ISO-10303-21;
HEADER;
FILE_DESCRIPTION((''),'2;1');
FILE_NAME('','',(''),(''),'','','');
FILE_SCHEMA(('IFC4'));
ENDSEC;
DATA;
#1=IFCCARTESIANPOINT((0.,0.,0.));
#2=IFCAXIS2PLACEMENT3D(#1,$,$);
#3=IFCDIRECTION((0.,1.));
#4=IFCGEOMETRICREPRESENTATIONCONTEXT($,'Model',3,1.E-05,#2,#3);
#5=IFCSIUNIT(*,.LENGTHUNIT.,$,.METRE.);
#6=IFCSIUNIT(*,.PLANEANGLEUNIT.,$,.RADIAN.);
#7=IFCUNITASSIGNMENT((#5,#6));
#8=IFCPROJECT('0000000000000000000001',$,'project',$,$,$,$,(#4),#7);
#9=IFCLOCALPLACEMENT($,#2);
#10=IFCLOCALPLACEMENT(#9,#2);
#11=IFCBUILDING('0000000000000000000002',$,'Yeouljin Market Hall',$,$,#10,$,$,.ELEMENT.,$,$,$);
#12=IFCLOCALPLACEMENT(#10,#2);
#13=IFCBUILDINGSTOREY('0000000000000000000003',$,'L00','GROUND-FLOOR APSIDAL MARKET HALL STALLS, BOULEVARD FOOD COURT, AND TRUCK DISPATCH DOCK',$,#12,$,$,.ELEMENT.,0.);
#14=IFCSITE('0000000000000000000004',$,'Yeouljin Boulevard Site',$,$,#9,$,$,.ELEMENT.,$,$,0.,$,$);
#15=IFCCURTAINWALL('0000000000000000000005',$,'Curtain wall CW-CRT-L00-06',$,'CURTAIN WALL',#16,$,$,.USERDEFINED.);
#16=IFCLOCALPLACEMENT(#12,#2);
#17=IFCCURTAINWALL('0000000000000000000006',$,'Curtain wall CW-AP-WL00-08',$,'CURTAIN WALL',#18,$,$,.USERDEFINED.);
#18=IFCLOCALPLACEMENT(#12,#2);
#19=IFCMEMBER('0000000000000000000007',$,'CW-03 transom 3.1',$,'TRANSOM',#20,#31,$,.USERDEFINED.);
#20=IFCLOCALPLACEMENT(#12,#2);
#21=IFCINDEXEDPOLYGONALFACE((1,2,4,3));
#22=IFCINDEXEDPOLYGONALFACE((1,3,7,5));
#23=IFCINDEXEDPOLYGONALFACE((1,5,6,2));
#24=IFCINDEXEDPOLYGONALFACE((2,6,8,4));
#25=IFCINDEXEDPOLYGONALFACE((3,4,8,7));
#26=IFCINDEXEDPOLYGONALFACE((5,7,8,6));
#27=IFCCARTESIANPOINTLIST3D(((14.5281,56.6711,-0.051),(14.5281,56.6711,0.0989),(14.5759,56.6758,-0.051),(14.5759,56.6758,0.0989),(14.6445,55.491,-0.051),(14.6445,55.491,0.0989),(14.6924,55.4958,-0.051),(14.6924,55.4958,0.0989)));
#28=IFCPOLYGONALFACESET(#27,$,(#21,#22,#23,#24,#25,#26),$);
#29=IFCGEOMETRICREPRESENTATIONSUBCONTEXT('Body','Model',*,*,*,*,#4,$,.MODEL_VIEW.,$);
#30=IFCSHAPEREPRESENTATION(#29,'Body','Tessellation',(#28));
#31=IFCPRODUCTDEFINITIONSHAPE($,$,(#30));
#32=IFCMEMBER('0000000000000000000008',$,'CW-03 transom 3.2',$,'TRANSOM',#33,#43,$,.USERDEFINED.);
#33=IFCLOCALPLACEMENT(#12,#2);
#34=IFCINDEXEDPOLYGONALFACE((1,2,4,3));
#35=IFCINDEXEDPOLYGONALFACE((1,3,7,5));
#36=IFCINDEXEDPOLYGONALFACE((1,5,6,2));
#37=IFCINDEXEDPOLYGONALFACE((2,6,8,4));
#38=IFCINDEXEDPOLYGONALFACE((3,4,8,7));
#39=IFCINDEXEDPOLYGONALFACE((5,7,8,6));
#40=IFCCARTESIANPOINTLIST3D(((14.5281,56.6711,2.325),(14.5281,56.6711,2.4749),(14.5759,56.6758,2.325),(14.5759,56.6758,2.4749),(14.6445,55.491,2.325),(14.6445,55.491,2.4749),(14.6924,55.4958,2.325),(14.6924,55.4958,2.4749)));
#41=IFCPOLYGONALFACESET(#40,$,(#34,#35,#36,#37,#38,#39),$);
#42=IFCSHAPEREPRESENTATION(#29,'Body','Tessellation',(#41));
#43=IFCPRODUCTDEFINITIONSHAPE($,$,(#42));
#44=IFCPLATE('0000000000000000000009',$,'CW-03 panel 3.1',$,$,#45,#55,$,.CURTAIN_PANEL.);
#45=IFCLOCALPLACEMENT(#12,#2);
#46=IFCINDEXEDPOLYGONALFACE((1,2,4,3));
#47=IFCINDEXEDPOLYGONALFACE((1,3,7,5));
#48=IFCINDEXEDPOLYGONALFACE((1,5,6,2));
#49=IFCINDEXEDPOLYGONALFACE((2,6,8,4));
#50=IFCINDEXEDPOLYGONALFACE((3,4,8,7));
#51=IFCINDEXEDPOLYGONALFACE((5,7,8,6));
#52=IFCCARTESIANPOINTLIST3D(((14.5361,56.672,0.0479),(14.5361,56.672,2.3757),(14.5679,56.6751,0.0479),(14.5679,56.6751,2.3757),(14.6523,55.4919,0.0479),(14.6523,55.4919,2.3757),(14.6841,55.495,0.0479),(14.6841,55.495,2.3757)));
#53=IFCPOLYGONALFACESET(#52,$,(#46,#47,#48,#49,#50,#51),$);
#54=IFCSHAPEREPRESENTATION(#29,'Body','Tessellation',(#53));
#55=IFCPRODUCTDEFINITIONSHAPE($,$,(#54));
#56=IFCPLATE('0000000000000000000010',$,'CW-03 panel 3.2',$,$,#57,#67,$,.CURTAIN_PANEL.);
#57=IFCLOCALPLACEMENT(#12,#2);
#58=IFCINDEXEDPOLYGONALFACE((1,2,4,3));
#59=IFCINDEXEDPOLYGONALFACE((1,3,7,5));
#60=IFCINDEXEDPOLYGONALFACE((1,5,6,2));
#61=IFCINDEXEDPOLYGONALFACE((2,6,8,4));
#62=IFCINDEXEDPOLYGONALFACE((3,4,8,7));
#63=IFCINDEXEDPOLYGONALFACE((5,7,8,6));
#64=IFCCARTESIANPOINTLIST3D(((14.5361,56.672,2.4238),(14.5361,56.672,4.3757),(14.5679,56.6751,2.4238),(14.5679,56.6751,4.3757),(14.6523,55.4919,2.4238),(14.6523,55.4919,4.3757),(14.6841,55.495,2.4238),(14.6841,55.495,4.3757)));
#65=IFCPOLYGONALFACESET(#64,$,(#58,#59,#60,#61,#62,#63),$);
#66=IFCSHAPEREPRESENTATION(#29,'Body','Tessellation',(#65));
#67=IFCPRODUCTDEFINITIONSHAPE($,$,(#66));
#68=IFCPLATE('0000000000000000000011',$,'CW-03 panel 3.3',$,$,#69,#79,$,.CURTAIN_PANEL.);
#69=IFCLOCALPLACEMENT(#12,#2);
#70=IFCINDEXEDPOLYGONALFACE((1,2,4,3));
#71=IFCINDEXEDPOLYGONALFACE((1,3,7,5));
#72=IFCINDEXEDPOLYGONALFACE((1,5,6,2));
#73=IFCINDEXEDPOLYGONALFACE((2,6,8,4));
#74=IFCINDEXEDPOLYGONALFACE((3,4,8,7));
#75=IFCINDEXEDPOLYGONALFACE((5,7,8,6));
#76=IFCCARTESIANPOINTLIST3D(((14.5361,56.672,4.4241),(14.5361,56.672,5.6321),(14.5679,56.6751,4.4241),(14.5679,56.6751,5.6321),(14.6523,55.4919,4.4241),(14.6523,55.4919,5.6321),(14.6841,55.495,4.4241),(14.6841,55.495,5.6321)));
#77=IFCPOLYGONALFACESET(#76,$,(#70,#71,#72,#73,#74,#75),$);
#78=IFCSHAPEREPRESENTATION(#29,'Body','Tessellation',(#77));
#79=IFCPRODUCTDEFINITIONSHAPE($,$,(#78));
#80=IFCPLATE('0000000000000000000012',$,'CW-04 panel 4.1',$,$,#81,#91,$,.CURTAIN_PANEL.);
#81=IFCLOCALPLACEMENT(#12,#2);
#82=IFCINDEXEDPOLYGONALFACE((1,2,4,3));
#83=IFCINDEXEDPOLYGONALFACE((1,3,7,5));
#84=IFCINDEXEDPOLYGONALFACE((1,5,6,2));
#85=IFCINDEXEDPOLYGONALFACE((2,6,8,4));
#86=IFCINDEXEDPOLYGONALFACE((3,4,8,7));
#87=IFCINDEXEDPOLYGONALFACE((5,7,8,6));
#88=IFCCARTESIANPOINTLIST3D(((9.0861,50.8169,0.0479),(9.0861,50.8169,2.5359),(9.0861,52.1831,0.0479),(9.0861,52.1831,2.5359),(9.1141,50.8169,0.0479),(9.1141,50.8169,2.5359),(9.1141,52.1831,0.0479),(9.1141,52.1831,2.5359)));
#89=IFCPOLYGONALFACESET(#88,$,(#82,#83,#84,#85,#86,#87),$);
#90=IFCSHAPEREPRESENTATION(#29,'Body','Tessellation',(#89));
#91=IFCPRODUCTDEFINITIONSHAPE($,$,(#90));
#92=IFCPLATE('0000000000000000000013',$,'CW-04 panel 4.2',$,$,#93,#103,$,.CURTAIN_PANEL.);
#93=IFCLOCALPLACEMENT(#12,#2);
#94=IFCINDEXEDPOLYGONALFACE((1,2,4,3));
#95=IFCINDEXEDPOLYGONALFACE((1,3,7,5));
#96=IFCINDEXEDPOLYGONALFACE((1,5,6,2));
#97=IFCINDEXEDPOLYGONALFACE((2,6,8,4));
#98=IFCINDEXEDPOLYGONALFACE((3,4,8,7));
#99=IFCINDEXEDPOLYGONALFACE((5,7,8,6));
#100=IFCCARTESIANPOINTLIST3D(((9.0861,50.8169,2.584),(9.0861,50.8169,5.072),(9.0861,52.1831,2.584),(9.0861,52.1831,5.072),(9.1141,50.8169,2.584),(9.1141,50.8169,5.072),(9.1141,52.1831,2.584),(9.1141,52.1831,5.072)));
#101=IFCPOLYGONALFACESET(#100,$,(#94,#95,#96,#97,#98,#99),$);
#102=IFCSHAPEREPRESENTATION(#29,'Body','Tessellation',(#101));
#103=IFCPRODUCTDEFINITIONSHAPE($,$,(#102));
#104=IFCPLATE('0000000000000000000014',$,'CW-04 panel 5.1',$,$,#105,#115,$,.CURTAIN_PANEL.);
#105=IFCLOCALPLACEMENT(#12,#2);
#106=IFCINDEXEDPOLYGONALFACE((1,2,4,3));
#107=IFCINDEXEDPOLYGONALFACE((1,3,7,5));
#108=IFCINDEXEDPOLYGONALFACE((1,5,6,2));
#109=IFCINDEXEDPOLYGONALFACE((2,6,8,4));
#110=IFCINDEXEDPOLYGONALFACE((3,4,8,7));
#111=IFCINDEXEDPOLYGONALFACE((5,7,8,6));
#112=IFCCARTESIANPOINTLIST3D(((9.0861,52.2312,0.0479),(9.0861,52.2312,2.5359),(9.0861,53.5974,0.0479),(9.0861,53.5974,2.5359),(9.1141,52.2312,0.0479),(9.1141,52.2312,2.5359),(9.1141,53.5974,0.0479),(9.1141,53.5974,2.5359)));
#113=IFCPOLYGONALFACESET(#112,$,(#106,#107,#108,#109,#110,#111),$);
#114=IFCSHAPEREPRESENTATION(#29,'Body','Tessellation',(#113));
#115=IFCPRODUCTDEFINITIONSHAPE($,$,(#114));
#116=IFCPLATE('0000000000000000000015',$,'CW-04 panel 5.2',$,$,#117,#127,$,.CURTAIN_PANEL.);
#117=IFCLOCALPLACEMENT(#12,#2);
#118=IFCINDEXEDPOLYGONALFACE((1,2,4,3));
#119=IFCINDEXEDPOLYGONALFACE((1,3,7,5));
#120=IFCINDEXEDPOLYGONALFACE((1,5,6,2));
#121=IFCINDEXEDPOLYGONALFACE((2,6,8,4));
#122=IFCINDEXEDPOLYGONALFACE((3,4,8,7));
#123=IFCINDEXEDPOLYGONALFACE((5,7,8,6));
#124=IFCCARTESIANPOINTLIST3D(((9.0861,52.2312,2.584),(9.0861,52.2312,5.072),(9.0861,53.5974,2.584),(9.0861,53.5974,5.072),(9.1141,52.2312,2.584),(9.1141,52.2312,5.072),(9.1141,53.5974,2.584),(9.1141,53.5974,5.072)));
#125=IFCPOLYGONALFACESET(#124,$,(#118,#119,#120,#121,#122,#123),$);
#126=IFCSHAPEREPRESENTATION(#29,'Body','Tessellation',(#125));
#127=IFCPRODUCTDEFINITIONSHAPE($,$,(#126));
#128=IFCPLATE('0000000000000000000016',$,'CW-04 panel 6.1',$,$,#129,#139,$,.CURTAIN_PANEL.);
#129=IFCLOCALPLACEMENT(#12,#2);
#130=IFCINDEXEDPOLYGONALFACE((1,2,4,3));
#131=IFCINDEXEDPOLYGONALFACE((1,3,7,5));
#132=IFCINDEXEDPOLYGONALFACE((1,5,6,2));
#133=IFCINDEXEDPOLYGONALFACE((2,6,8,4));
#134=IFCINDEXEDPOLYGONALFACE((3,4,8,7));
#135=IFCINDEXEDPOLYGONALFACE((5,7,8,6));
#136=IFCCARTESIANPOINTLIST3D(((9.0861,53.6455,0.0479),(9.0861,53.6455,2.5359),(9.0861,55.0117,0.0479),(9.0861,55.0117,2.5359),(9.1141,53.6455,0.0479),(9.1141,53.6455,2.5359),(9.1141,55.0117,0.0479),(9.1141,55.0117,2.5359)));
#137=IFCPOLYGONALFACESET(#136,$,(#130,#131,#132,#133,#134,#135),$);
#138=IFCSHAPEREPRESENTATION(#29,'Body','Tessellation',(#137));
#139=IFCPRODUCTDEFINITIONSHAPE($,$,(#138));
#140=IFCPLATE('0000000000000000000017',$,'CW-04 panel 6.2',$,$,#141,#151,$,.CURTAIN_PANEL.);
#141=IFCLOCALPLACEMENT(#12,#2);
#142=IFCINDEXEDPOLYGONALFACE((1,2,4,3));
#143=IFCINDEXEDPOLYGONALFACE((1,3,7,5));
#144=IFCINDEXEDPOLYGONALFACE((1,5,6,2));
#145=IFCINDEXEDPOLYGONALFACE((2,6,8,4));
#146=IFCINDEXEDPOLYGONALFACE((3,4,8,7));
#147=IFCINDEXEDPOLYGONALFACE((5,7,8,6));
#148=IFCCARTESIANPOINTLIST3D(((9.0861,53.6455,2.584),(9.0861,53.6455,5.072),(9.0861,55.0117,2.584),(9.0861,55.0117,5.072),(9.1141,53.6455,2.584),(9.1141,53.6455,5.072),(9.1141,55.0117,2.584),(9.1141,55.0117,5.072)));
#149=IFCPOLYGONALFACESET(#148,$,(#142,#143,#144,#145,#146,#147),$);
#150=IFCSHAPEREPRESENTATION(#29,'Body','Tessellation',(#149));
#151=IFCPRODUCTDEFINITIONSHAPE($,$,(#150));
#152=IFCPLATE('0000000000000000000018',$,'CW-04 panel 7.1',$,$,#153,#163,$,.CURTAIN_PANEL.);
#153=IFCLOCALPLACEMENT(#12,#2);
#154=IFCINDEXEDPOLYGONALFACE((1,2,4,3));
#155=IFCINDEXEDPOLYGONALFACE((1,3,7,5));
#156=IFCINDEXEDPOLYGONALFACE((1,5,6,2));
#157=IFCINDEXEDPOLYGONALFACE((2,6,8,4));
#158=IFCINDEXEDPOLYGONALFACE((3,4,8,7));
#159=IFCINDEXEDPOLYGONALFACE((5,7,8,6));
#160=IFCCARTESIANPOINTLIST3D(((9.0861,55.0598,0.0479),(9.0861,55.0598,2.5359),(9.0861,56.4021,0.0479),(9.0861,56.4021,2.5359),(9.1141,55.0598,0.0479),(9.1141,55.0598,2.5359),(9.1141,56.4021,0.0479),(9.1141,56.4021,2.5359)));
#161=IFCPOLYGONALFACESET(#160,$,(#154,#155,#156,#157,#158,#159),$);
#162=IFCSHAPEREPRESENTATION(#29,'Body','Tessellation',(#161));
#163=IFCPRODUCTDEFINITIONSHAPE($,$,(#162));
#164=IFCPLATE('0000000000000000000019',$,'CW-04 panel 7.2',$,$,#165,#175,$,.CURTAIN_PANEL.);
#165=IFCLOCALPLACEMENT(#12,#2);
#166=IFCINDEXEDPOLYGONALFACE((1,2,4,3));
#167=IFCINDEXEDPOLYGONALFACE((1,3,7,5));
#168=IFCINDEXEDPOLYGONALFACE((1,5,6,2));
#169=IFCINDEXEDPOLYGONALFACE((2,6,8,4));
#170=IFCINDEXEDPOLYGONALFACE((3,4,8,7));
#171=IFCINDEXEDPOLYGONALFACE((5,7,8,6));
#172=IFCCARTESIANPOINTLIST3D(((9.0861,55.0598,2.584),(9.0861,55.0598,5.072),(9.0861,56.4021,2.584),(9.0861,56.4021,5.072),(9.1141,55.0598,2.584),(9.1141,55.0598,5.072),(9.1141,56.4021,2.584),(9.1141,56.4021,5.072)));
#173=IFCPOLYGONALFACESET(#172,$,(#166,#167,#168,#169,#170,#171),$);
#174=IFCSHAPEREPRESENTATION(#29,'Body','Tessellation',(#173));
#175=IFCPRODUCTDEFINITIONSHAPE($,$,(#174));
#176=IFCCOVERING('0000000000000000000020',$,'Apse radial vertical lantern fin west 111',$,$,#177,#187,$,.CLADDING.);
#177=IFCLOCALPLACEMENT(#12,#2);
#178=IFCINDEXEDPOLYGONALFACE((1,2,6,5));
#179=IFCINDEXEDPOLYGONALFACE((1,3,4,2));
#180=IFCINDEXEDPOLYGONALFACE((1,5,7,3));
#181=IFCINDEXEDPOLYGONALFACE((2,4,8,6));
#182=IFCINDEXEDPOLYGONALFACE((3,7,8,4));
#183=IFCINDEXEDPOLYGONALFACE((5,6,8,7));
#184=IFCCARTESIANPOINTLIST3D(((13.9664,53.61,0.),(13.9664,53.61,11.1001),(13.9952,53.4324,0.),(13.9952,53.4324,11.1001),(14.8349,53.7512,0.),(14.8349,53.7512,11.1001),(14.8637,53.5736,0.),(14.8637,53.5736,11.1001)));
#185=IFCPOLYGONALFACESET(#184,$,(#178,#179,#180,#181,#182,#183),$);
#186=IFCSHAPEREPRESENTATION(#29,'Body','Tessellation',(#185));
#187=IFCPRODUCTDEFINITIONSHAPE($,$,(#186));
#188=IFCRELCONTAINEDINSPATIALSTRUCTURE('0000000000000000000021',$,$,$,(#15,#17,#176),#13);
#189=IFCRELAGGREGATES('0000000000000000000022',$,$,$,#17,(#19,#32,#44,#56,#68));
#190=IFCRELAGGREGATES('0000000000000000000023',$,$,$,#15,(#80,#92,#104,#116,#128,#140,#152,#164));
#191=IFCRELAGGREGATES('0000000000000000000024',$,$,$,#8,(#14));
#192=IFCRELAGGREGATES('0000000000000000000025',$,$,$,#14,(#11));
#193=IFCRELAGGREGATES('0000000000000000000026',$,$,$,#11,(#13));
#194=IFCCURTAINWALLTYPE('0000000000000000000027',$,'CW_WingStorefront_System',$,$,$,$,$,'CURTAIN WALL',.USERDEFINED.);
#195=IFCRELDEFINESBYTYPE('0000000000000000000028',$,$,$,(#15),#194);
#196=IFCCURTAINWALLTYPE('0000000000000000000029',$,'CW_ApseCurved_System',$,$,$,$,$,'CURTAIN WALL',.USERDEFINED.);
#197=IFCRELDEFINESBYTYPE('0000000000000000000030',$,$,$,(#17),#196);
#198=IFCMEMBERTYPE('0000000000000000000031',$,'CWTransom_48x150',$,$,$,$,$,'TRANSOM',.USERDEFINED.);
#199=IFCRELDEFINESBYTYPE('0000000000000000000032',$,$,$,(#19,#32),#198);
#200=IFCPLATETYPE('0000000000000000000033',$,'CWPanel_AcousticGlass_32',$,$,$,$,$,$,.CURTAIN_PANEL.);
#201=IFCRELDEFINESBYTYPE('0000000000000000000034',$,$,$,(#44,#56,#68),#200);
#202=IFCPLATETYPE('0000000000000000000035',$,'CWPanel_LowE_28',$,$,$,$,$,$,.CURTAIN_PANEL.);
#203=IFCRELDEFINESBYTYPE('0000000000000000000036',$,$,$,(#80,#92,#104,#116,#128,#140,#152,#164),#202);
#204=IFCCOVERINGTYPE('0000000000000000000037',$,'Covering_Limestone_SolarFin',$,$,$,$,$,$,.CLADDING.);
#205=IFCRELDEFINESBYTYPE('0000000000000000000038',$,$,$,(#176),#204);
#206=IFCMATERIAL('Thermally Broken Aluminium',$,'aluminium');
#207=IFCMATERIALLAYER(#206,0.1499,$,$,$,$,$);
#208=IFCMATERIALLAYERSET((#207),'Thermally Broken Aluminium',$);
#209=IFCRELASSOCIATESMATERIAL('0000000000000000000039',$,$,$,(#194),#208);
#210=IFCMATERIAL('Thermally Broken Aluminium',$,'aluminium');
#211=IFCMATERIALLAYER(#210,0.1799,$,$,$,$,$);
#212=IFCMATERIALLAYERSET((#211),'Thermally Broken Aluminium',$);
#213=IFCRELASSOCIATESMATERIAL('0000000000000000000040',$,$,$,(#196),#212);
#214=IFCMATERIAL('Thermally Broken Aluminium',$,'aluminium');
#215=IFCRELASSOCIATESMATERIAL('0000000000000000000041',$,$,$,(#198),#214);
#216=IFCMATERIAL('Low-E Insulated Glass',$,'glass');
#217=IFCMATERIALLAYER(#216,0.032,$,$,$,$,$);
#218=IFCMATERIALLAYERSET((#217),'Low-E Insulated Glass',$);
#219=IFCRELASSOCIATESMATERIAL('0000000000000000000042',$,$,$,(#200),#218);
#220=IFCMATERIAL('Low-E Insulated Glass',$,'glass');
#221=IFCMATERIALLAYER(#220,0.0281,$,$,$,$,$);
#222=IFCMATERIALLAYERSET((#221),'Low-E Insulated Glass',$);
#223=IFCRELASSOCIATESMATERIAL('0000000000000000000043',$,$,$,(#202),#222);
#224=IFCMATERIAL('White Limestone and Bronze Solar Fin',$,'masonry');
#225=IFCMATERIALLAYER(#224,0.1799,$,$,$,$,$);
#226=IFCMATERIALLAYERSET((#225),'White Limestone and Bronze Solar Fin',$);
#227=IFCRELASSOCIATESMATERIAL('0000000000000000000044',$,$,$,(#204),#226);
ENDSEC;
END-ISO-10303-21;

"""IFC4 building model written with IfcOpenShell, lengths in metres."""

from ifc_helpers import new_model, si_unit, direction, frame, origin, origin_2d, place, context, subcontext, project, spatial, rectangle, extrude, material, layer, layer_set, material_profile, profile_set, type_object, element, aggregate, save


model = new_model("IFC4")

# Units and contexts
model_context = context("Model", 3, precision=1e-05, world=origin(), true_north=direction((0.0, 1.0)))
body_context = subcontext(model_context, "Body", "Model", "MODEL_VIEW")
ifc_project = project(units=[si_unit("LENGTHUNIT", "METRE"), si_unit("PLANEANGLEUNIT", "RADIAN")], contexts=[model_context])

# Site, building, storey
site_placement = place(None, origin())
site = spatial("IfcSite", under=ifc_project, at=site_placement, Name="Yeouljin Boulevard Site", CompositionType="ELEMENT", RefElevation=0.0)
building_placement = place(site_placement, origin())
building = spatial("IfcBuilding", under=site, at=building_placement, Name="Yeouljin Market Hall", CompositionType="ELEMENT")
storey_placement = place(building_placement, origin())
storey = spatial("IfcBuildingStorey", under=building, at=storey_placement, Name="L00", Description="GROUND-FLOOR APSIDAL MARKET HALL STALLS, BOULEVARD FOOD COURT, AND TRUCK DISPATCH DOCK", CompositionType="ELEMENT", Elevation=0.0)

# Curtain wall
ifc_material_1 = material(Name="Thermally Broken Aluminium", Category="aluminium")
ifc_layer_1 = layer(ifc_material_1, 0.1499)
ifc_layer_set_1 = layer_set([ifc_layer_1], Name="Thermally Broken Aluminium")
curtain_wall_type_1 = type_object("IfcCurtainWallType", Name="CW_WingStorefront_System", ElementType="CURTAIN WALL", PredefinedType="USERDEFINED", material=ifc_layer_set_1)
curtain_wall_1_placement = place(storey_placement, origin())
curtain_wall_1 = element("IfcCurtainWall", 1, at=curtain_wall_1_placement, inside=storey, type_object=curtain_wall_type_1, Name="Curtain wall CW-CRT-L00-06", ObjectType="CURTAIN WALL", PredefinedType="USERDEFINED")

# Curtain wall, members, plates
ifc_material_2 = material(Name="Thermally Broken Aluminium", Category="aluminium")
ifc_layer_2 = layer(ifc_material_2, 0.1799)
ifc_layer_set_2 = layer_set([ifc_layer_2], Name="Thermally Broken Aluminium")
curtain_wall_type_2 = type_object("IfcCurtainWallType", Name="CW_ApseCurved_System", ElementType="CURTAIN WALL", PredefinedType="USERDEFINED", material=ifc_layer_set_2)
curtain_wall_2_placement = place(storey_placement, origin())
curtain_wall_2 = element("IfcCurtainWall", 2, at=curtain_wall_2_placement, inside=storey, type_object=curtain_wall_type_2, Name="Curtain wall CW-AP-WL00-08", ObjectType="CURTAIN WALL", PredefinedType="USERDEFINED")
ifc_material_3 = material(Name="Thermally Broken Aluminium", Category="aluminium")
ifc_material_profile_1 = material_profile(ifc_material_3, rectangle(XDim=0.0481, YDim=0.1499, at=origin_2d()), Name="CW-TRAN-48x150")
ifc_profile_set_1 = profile_set([ifc_material_profile_1], Name="Thermally Broken Aluminium")
member_type_1 = type_object("IfcMemberType", Name="CWTransom_48x150", ElementType="TRANSOM", PredefinedType="USERDEFINED", material=ifc_profile_set_1)
member_1_placement = place(storey_placement, frame((14.6685, 55.4934, 0.0239), z_axis=(-0.098199, 0.995167, 0.0), x_axis=(-0.995167, -0.098199, 0.0)))
member_1 = element("IfcMember", 3, at=member_1_placement, type_object=member_type_1, Name="CW-03 transom 3.1", ObjectType="TRANSOM", PredefinedType="USERDEFINED", context=body_context, shape_type="SweptSolid", body=[
    extrude(rectangle(XDim=0.0481, YDim=0.1499, at=origin_2d()), origin(), (0.0, 0.0, 1.0), 1.1858),
])
member_2_placement = place(storey_placement, frame((14.6685, 55.4934, 2.3999), z_axis=(-0.098199, 0.995167, 0.0), x_axis=(-0.995167, -0.098199, 0.0)))
member_2 = element("IfcMember", 4, at=member_2_placement, type_object=member_type_1, Name="CW-03 transom 3.2", ObjectType="TRANSOM", PredefinedType="USERDEFINED", context=body_context, shape_type="SweptSolid", body=[
    extrude(rectangle(XDim=0.0481, YDim=0.1499, at=origin_2d()), origin(), (0.0, 0.0, 1.0), 1.1858),
])
ifc_material_4 = material(Name="Low-E Insulated Glass", Category="glass")
ifc_layer_3 = layer(ifc_material_4, 0.032)
ifc_layer_set_3 = layer_set([ifc_layer_3], Name="Low-E Insulated Glass")
plate_type_1 = type_object("IfcPlateType", Name="CWPanel_AcousticGlass_32", PredefinedType="CURTAIN_PANEL", material=ifc_layer_set_3)
plate_1_placement = place(storey_placement, frame((14.6101, 56.0835, 0.0479), z_axis=(0.0, 0.0, 1.0), x_axis=(-0.098034, 0.995183, 0.0)))
plate_1 = element("IfcPlate", 5, at=plate_1_placement, type_object=plate_type_1, Name="CW-03 panel 3.1", PredefinedType="CURTAIN_PANEL", context=body_context, shape_type="SweptSolid", body=[
    extrude(rectangle(XDim=1.1858, YDim=0.032, at=origin_2d()), origin(), (0.0, 0.0, 1.0), 2.3279),
])
plate_2_placement = place(storey_placement, frame((14.6101, 56.0835, 2.4238), z_axis=(0.0, 0.0, 1.0), x_axis=(-0.098034, 0.995183, 0.0)))
plate_2 = element("IfcPlate", 6, at=plate_2_placement, type_object=plate_type_1, Name="CW-03 panel 3.2", PredefinedType="CURTAIN_PANEL", context=body_context, shape_type="SweptSolid", body=[
    extrude(rectangle(XDim=1.1858, YDim=0.032, at=origin_2d()), origin(), (0.0, 0.0, 1.0), 1.9519),
])
plate_3_placement = place(storey_placement, frame((14.6101, 56.0835, 4.4241), z_axis=(0.0, 0.0, 1.0), x_axis=(-0.098034, 0.995183, 0.0)))
plate_3 = element("IfcPlate", 7, at=plate_3_placement, type_object=plate_type_1, Name="CW-03 panel 3.3", PredefinedType="CURTAIN_PANEL", context=body_context, shape_type="SweptSolid", body=[
    extrude(rectangle(XDim=1.1858, YDim=0.032, at=origin_2d()), origin(), (0.0, 0.0, 1.0), 1.208),
])
aggregate(curtain_wall_2, [member_1, member_2, plate_1, plate_2, plate_3])

# Plates
ifc_material_5 = material(Name="Low-E Insulated Glass", Category="glass")
ifc_layer_4 = layer(ifc_material_5, 0.0281)
ifc_layer_set_4 = layer_set([ifc_layer_4], Name="Low-E Insulated Glass")
plate_type_2 = type_object("IfcPlateType", Name="CWPanel_LowE_28", PredefinedType="CURTAIN_PANEL", material=ifc_layer_set_4)
plate_4_placement = place(storey_placement, frame((9.1001, 51.5, 0.0479), z_axis=(0.0, 0.0, 1.0), x_axis=(0.0, 1.0, 0.0)))
plate_4 = element("IfcPlate", 8, at=plate_4_placement, type_object=plate_type_2, Name="CW-04 panel 4.1", PredefinedType="CURTAIN_PANEL", context=body_context, shape_type="SweptSolid", body=[
    extrude(rectangle(XDim=1.3662, YDim=0.0281, at=origin_2d()), origin(), (0.0, 0.0, 1.0), 2.488),
])
plate_5_placement = place(storey_placement, frame((9.1001, 51.5, 2.584), z_axis=(0.0, 0.0, 1.0), x_axis=(0.0, 1.0, 0.0)))
plate_5 = element("IfcPlate", 9, at=plate_5_placement, type_object=plate_type_2, Name="CW-04 panel 4.2", PredefinedType="CURTAIN_PANEL", context=body_context, shape_type="SweptSolid", body=[
    extrude(rectangle(XDim=1.3662, YDim=0.0281, at=origin_2d()), origin(), (0.0, 0.0, 1.0), 2.488),
])
plate_6_placement = place(storey_placement, frame((9.1001, 52.9143, 0.0479), z_axis=(0.0, 0.0, 1.0), x_axis=(0.0, 1.0, 0.0)))
plate_6 = element("IfcPlate", 10, at=plate_6_placement, type_object=plate_type_2, Name="CW-04 panel 5.1", PredefinedType="CURTAIN_PANEL", context=body_context, shape_type="SweptSolid", body=[
    extrude(rectangle(XDim=1.3662, YDim=0.0281, at=origin_2d()), origin(), (0.0, 0.0, 1.0), 2.488),
])
plate_7_placement = place(storey_placement, frame((9.1001, 52.9143, 2.584), z_axis=(0.0, 0.0, 1.0), x_axis=(0.0, 1.0, 0.0)))
plate_7 = element("IfcPlate", 11, at=plate_7_placement, type_object=plate_type_2, Name="CW-04 panel 5.2", PredefinedType="CURTAIN_PANEL", context=body_context, shape_type="SweptSolid", body=[
    extrude(rectangle(XDim=1.3662, YDim=0.0281, at=origin_2d()), origin(), (0.0, 0.0, 1.0), 2.488),
])
plate_8_placement = place(storey_placement, frame((9.1001, 54.3286, 0.0479), z_axis=(0.0, 0.0, 1.0), x_axis=(0.0, 1.0, 0.0)))
plate_8 = element("IfcPlate", 12, at=plate_8_placement, type_object=plate_type_2, Name="CW-04 panel 6.1", PredefinedType="CURTAIN_PANEL", context=body_context, shape_type="SweptSolid", body=[
    extrude(rectangle(XDim=1.3662, YDim=0.0281, at=origin_2d()), origin(), (0.0, 0.0, 1.0), 2.488),
])
plate_9_placement = place(storey_placement, frame((9.1001, 54.3286, 2.584), z_axis=(0.0, 0.0, 1.0), x_axis=(0.0, 1.0, 0.0)))
plate_9 = element("IfcPlate", 13, at=plate_9_placement, type_object=plate_type_2, Name="CW-04 panel 6.2", PredefinedType="CURTAIN_PANEL", context=body_context, shape_type="SweptSolid", body=[
    extrude(rectangle(XDim=1.3662, YDim=0.0281, at=origin_2d()), origin(), (0.0, 0.0, 1.0), 2.488),
])
plate_10_placement = place(storey_placement, frame((9.1001, 55.731, 0.0479), z_axis=(0.0, 0.0, 1.0), x_axis=(0.0, 1.0, 0.0)))
plate_10 = element("IfcPlate", 14, at=plate_10_placement, type_object=plate_type_2, Name="CW-04 panel 7.1", PredefinedType="CURTAIN_PANEL", context=body_context, shape_type="SweptSolid", body=[
    extrude(rectangle(XDim=1.3423, YDim=0.0281, at=origin_2d()), origin(), (0.0, 0.0, 1.0), 2.488),
])
plate_11_placement = place(storey_placement, frame((9.1001, 55.731, 2.584), z_axis=(0.0, 0.0, 1.0), x_axis=(0.0, 1.0, 0.0)))
plate_11 = element("IfcPlate", 15, at=plate_11_placement, type_object=plate_type_2, Name="CW-04 panel 7.2", PredefinedType="CURTAIN_PANEL", context=body_context, shape_type="SweptSolid", body=[
    extrude(rectangle(XDim=1.3423, YDim=0.0281, at=origin_2d()), origin(), (0.0, 0.0, 1.0), 2.488),
])
aggregate(curtain_wall_1, [plate_4, plate_5, plate_6, plate_7, plate_8, plate_9, plate_10, plate_11])

# Covering
ifc_material_6 = material(Name="White Limestone and Bronze Solar Fin", Category="masonry")
ifc_layer_5 = layer(ifc_material_6, 0.1799)
ifc_layer_set_5 = layer_set([ifc_layer_5], Name="White Limestone and Bronze Solar Fin")
covering_type = type_object("IfcCoveringType", Name="Covering_Limestone_SolarFin", PredefinedType="CLADDING", material=ifc_layer_set_5)
for number, where, z_axis, x_axis, name in (
    (16, (14.415, 53.5918, 0.0), (0.0, 0.0, 1.0), (-0.987052, -0.160398, 0.0), "Apse radial vertical lantern fin west 111"),
):
    element("IfcCovering", number, at=place(storey_placement, frame(where, z_axis=z_axis, x_axis=x_axis)), inside=storey, type_object=covering_type, Name=name, PredefinedType="CLADDING", context=body_context, shape_type="SweptSolid", body=[
        extrude(rectangle(XDim=0.8799, YDim=0.1799, at=origin_2d()), origin(), (0.0, 0.0, 1.0), 11.1001),
    ])

save(model, "model.ifc")
